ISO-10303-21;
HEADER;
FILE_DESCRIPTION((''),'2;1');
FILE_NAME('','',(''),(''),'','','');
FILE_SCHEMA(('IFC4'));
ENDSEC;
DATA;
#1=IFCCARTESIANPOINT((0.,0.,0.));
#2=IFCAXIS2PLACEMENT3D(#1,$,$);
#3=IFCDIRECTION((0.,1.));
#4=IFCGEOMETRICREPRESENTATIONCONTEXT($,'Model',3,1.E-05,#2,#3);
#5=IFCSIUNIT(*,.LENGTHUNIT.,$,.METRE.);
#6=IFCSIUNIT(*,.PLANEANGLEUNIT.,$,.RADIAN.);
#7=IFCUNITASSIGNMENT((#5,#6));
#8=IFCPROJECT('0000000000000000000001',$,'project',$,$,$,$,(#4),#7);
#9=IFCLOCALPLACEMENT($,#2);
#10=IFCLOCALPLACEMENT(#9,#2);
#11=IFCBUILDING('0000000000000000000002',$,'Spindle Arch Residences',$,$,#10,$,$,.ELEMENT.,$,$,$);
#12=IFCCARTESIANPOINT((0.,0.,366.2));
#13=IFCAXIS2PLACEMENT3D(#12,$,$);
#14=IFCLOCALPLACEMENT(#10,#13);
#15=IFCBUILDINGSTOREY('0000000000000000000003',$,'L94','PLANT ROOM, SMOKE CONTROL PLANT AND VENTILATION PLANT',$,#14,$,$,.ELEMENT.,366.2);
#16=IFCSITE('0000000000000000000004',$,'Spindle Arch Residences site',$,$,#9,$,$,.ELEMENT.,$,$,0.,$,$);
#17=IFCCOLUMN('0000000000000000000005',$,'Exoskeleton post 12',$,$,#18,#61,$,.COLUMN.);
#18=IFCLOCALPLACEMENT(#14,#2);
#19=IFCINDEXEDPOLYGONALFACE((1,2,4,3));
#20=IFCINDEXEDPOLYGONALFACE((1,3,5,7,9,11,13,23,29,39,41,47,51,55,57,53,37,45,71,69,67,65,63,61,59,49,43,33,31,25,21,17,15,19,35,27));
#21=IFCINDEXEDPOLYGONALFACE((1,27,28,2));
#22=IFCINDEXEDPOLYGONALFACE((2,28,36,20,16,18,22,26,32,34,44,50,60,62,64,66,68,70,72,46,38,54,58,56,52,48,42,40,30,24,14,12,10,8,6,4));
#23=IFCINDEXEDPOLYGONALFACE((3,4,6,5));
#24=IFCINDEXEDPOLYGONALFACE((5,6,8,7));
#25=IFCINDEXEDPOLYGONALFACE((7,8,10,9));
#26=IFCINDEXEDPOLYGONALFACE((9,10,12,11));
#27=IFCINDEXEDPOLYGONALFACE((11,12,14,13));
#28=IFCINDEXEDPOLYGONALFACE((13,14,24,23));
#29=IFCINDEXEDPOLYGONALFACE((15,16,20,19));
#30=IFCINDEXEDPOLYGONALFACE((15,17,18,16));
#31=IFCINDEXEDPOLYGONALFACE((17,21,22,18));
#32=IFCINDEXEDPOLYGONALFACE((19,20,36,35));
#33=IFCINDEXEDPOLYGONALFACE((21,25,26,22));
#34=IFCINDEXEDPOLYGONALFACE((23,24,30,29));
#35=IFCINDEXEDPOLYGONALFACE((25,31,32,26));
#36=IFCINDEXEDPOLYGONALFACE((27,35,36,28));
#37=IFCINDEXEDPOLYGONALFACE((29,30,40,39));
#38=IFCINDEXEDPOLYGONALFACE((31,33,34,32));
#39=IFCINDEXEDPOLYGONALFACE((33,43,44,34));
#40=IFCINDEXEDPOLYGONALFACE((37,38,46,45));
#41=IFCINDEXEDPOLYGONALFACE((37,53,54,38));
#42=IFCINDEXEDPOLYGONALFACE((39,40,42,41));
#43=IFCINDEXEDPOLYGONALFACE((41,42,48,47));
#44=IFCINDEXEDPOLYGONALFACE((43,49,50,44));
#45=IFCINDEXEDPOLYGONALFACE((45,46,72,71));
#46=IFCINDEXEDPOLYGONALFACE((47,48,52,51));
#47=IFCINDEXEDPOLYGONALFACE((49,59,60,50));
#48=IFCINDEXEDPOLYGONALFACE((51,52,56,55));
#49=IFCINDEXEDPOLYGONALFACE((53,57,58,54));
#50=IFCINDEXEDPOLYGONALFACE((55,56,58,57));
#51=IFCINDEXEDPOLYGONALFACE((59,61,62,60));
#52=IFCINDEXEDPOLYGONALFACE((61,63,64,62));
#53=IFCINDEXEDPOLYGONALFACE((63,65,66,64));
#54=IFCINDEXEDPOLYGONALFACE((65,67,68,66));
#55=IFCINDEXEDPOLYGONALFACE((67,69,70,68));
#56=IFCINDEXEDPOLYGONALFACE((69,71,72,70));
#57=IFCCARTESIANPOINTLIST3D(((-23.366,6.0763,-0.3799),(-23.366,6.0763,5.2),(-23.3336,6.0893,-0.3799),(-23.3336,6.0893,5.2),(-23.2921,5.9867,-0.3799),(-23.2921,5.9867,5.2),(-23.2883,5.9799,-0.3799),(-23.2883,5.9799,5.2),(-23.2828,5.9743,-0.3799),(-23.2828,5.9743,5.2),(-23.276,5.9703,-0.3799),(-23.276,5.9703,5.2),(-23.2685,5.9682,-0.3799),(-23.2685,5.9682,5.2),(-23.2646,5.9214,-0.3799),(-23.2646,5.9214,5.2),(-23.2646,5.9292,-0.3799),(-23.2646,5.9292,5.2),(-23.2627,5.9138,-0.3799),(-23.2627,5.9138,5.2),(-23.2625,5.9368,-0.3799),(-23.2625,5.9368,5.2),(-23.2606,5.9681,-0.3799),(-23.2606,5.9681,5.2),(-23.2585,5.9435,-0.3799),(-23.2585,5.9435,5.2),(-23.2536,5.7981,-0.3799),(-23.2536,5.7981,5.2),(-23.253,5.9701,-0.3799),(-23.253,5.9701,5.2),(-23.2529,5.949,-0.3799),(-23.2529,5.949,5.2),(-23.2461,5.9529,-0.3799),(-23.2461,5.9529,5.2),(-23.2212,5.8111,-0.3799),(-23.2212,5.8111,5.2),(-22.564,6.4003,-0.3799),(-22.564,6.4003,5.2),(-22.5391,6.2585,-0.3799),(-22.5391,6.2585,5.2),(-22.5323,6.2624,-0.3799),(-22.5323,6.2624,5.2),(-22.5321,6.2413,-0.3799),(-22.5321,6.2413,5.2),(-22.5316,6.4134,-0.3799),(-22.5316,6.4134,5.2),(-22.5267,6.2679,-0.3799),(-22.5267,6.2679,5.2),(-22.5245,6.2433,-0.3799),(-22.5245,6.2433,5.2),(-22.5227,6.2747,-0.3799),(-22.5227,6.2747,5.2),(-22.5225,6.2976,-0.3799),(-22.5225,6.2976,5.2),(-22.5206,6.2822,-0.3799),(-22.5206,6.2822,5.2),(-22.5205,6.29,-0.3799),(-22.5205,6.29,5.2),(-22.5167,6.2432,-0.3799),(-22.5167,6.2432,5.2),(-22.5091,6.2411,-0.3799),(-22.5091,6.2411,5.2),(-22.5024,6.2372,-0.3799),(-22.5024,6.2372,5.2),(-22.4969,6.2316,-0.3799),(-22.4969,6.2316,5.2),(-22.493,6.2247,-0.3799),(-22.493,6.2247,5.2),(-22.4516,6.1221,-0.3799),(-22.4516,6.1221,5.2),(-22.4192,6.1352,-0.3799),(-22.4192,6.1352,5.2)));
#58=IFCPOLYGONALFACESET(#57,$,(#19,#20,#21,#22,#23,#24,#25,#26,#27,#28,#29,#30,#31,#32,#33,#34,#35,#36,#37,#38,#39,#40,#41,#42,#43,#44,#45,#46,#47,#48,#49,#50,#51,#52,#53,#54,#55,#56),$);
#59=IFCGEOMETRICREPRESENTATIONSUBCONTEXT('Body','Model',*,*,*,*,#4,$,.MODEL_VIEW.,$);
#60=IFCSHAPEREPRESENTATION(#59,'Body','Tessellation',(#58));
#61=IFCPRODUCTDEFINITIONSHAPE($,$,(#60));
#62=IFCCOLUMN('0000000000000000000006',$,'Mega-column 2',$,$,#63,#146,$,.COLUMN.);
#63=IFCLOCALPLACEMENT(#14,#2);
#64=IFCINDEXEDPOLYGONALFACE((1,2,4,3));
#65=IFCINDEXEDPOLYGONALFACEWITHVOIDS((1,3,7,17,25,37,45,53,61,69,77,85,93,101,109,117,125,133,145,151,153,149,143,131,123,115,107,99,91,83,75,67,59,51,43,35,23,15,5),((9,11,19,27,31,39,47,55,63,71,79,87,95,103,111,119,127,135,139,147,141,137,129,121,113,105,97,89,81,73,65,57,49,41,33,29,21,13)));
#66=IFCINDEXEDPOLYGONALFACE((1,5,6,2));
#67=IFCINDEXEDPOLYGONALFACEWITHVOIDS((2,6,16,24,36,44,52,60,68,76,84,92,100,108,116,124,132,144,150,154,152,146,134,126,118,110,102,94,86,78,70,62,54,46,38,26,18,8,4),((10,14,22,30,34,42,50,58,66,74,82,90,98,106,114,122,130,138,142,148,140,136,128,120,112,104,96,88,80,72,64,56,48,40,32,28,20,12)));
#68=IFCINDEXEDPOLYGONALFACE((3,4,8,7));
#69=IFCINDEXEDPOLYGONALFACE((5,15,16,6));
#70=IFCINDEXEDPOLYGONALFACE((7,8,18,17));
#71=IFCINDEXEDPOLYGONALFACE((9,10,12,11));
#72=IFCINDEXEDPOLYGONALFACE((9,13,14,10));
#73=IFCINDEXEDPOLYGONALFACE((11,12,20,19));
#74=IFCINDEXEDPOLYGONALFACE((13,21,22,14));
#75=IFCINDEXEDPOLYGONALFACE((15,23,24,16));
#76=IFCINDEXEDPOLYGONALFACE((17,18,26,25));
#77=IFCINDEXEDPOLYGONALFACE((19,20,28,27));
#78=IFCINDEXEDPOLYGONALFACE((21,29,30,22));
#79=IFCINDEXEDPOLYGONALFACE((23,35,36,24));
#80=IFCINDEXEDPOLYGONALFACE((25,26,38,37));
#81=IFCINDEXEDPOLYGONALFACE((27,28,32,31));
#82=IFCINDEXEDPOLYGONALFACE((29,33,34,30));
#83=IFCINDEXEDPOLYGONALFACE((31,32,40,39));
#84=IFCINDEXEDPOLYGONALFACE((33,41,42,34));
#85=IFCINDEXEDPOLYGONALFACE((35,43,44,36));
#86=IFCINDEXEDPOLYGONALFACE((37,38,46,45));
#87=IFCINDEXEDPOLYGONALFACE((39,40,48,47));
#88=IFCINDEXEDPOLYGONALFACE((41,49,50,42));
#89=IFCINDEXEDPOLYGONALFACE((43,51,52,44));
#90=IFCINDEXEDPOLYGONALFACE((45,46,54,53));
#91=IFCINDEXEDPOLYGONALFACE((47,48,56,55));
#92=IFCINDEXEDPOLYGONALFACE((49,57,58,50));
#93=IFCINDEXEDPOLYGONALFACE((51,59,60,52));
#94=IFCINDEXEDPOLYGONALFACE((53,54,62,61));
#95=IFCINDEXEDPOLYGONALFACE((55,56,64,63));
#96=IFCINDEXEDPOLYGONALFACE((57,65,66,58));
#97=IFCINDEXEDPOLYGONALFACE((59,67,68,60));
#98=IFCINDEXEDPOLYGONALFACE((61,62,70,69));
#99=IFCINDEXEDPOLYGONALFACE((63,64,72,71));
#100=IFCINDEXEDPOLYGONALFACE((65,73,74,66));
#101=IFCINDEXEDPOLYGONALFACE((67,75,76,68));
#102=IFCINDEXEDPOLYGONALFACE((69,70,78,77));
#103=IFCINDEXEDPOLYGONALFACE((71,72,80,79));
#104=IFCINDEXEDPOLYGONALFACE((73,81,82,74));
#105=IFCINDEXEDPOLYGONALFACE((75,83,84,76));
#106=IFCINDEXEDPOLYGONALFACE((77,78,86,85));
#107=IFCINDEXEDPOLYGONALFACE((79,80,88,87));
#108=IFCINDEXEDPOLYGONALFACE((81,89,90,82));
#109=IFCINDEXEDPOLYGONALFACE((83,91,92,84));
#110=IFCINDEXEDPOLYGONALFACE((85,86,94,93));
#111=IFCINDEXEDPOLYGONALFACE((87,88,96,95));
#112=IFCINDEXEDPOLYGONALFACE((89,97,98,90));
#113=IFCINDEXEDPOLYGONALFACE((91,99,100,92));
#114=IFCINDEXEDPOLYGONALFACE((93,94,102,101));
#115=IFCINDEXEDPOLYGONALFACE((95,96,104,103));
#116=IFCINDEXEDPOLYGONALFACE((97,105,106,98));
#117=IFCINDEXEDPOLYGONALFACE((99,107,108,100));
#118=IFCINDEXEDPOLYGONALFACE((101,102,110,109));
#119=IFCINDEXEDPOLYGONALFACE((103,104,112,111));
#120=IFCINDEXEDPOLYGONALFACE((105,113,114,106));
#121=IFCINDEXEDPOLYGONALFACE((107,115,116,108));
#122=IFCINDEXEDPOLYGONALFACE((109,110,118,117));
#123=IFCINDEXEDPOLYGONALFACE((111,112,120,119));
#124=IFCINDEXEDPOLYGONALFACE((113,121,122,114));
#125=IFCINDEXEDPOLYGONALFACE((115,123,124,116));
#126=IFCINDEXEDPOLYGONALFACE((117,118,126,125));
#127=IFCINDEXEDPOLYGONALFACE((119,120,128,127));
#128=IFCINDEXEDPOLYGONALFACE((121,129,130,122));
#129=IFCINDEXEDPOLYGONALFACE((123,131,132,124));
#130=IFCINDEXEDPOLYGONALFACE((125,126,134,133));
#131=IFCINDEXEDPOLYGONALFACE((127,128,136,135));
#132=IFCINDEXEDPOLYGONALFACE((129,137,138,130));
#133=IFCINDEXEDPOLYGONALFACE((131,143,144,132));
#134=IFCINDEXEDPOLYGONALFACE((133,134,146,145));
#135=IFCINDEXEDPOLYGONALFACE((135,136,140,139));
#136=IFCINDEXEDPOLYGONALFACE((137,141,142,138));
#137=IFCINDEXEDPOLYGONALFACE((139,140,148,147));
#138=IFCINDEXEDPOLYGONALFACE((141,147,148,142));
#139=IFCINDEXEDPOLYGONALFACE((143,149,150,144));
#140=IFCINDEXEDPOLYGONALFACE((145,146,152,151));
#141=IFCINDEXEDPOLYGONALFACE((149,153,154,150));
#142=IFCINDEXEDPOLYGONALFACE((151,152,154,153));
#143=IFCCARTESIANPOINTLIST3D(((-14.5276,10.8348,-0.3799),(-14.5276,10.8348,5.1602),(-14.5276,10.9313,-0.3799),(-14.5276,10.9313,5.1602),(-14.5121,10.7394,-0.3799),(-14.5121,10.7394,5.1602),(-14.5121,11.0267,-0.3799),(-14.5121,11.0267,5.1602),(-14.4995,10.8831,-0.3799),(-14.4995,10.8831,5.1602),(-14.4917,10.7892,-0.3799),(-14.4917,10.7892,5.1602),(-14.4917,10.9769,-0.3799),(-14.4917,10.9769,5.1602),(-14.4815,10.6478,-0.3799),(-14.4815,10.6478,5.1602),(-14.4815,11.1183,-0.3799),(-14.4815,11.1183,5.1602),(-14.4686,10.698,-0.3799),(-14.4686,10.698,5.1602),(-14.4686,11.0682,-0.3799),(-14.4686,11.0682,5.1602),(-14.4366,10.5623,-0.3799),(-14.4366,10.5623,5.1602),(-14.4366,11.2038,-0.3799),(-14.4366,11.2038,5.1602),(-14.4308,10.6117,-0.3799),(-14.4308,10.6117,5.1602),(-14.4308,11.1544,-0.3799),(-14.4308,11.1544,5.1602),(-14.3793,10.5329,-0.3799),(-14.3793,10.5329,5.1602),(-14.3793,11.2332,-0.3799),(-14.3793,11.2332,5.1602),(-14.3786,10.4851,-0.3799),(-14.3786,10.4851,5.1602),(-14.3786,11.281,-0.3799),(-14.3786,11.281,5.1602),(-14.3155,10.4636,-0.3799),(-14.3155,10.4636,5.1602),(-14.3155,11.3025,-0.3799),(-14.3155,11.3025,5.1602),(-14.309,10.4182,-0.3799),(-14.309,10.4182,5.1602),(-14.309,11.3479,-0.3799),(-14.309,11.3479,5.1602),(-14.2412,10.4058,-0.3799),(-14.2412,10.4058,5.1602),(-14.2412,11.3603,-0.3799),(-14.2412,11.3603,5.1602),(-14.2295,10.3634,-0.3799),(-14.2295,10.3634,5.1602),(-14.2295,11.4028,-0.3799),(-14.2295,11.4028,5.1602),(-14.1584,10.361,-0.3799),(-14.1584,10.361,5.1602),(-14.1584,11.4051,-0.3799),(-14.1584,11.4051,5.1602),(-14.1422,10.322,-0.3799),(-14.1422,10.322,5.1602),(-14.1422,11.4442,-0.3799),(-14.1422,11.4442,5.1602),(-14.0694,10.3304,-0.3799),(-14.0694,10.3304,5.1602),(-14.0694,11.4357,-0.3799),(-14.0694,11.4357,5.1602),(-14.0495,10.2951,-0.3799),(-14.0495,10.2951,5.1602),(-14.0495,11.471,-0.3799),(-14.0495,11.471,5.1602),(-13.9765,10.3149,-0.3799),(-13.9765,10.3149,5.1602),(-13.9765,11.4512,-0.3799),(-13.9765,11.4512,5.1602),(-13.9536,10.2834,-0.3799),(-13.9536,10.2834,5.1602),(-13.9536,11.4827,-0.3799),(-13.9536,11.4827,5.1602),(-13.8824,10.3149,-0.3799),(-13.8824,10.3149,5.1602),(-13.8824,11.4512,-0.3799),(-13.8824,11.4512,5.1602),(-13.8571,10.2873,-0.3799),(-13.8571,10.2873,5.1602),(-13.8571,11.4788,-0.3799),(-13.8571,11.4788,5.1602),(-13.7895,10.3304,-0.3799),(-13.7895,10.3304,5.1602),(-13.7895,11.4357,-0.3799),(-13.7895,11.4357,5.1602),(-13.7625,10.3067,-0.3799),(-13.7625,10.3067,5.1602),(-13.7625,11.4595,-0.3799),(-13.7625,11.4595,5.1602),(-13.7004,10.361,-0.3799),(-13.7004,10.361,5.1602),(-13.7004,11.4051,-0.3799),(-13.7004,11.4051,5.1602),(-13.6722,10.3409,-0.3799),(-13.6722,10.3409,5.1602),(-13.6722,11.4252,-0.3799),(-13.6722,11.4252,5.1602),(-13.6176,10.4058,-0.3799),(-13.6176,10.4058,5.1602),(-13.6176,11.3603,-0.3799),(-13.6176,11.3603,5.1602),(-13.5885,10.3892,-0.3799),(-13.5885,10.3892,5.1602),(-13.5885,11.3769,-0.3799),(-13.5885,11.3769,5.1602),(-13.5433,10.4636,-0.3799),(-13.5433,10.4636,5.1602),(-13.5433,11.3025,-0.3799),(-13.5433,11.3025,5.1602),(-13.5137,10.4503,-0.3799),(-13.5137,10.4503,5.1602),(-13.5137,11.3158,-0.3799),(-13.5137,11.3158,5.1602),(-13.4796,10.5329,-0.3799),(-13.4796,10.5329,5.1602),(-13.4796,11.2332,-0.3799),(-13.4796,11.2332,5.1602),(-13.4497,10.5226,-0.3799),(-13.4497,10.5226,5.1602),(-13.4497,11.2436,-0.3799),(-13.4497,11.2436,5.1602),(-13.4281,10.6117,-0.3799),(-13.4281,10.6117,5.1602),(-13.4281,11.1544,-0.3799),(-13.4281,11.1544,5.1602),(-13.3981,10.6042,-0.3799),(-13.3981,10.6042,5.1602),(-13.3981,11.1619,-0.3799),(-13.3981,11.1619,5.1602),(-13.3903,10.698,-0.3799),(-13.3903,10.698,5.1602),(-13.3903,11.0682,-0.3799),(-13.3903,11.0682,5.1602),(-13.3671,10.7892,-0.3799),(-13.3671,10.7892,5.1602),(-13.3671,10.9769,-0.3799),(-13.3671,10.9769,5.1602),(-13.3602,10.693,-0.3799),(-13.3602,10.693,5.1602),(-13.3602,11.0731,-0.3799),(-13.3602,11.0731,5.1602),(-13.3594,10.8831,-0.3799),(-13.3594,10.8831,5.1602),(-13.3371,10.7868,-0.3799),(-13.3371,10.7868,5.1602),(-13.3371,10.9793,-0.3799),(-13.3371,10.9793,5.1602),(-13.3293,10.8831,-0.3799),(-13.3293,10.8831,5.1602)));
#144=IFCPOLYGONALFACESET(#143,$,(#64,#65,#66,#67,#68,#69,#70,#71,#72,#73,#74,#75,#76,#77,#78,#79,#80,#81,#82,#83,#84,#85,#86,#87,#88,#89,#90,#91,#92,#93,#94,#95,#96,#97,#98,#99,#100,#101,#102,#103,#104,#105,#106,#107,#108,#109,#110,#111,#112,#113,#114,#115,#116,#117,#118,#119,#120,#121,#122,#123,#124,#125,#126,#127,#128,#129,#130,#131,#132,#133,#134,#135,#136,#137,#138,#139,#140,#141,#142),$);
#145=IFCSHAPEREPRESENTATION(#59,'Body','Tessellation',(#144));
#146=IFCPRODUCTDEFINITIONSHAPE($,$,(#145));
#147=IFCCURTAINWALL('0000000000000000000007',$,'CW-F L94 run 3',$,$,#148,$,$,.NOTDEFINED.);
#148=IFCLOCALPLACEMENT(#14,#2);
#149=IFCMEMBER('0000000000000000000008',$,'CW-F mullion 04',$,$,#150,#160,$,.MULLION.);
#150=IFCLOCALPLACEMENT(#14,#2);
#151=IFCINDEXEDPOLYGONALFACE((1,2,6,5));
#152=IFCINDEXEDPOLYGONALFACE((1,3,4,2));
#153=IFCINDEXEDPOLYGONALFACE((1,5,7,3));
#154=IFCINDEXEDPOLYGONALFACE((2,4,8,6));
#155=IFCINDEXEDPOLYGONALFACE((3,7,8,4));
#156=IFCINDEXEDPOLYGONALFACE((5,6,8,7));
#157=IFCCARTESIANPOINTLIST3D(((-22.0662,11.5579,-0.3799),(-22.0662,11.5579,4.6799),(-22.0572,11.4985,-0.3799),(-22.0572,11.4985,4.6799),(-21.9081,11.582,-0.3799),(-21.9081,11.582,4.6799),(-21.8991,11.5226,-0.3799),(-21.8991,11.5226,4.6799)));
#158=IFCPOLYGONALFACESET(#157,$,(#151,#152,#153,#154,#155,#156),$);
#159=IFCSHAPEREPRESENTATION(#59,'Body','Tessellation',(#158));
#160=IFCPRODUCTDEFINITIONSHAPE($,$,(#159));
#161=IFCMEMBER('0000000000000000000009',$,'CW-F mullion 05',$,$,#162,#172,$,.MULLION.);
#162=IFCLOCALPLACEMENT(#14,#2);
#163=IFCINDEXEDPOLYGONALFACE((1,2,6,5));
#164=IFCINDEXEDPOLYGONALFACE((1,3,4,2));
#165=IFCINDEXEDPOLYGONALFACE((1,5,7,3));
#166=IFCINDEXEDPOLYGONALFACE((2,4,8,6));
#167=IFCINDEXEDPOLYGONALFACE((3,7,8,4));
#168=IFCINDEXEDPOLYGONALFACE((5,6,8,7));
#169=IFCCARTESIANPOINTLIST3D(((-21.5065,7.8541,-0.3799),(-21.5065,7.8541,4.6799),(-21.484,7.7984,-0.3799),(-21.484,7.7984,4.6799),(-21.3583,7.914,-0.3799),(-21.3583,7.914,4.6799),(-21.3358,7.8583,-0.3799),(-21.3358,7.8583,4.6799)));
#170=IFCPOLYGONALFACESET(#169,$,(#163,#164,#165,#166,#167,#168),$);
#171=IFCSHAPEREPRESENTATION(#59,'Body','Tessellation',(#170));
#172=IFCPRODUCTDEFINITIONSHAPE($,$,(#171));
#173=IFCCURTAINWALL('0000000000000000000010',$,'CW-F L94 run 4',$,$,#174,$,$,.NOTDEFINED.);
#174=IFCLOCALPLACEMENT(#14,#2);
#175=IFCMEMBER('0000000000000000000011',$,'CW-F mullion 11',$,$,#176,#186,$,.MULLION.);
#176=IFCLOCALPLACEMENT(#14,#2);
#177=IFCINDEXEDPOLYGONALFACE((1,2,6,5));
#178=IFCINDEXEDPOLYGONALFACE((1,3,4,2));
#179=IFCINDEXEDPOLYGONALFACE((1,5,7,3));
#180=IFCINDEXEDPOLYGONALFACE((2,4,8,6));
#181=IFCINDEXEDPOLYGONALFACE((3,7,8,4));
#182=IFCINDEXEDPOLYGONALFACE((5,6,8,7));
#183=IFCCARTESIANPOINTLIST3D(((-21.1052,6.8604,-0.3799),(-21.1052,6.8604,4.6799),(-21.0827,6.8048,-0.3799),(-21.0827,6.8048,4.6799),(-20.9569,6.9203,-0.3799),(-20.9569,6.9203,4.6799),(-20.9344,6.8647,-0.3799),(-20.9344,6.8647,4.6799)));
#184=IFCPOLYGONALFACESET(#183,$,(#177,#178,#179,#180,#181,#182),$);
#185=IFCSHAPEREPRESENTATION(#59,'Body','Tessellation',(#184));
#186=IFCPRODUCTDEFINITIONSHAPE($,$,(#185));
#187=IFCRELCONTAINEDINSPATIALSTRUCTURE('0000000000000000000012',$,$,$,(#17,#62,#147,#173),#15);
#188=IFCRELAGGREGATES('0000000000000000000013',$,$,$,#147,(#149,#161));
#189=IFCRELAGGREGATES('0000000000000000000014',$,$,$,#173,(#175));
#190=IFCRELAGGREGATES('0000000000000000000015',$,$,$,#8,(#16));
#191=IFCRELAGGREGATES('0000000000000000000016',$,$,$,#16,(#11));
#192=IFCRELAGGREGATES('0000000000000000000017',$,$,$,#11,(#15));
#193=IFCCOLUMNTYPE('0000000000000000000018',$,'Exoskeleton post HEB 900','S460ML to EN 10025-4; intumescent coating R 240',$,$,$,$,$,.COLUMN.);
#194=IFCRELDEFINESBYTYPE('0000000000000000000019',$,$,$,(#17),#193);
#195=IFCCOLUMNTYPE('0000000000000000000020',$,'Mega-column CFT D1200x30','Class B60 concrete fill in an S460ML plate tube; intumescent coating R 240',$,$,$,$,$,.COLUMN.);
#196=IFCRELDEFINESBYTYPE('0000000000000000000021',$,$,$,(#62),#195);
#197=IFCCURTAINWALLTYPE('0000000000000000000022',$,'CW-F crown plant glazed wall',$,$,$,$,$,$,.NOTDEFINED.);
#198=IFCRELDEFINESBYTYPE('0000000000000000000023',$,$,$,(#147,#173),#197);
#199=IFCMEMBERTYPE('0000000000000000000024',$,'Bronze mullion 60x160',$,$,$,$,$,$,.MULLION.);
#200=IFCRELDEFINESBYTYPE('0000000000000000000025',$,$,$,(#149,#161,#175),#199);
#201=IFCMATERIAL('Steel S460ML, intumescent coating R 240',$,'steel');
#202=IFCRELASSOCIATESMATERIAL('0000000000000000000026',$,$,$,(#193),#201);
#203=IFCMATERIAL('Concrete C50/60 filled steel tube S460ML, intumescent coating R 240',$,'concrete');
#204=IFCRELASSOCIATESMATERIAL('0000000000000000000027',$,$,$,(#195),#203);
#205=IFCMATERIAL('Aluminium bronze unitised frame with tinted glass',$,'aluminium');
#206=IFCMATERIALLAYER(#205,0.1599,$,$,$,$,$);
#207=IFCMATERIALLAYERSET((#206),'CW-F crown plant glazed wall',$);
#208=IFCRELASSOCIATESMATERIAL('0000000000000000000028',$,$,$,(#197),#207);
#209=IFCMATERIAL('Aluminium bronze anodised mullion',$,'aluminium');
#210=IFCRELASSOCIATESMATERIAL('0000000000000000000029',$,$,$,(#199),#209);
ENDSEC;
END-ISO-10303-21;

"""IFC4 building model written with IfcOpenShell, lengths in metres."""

from ifc_helpers import new_model, si_unit, direction, frame, origin, origin_2d, place, context, subcontext, project, spatial, rectangle, hollow_circle, i_section, extrude, material, layer, layer_set, material_profile, profile_set, type_object, element, aggregate, save


model = new_model("IFC4")

# Units and contexts
model_context = context("Model", 3, precision=1e-05, world=origin(), true_north=direction((0.0, 1.0)))
body_context = subcontext(model_context, "Body", "Model", "MODEL_VIEW")
ifc_project = project(units=[si_unit("LENGTHUNIT", "METRE"), si_unit("PLANEANGLEUNIT", "RADIAN")], contexts=[model_context])

# Site, building, storey
site_placement = place(None, origin())
site = spatial("IfcSite", under=ifc_project, at=site_placement, Name="Spindle Arch Residences site", CompositionType="ELEMENT", RefElevation=0.0)
building_placement = place(site_placement, origin())
building = spatial("IfcBuilding", under=site, at=building_placement, Name="Spindle Arch Residences", CompositionType="ELEMENT")
storey_placement = place(building_placement, frame((0.0, 0.0, 366.2)))
storey = spatial("IfcBuildingStorey", under=building, at=storey_placement, Name="L94", Description="PLANT ROOM, SMOKE CONTROL PLANT AND VENTILATION PLANT", CompositionType="ELEMENT", Elevation=366.2)

# Columns
ifc_material_1 = material(Name="Steel S460ML, intumescent coating R 240", Category="steel")
ifc_material_profile_1 = material_profile(ifc_material_1, i_section(OverallWidth=0.3, OverallDepth=0.8999, WebThickness=0.0186, FlangeThickness=0.0349, FilletRadius=0.03, at=origin_2d()), Name="HEB 900")
ifc_profile_set_1 = profile_set([ifc_material_profile_1], Name="Steel S460ML, intumescent coating R 240")
column_type_1 = type_object("IfcColumnType", Name="Exoskeleton post HEB 900", Description="S460ML to EN 10025-4; intumescent coating R 240", PredefinedType="COLUMN", material=ifc_profile_set_1)
column_1_placement = place(storey_placement, frame((-22.8926, 6.1057, -0.3799), z_axis=(0.0, 0.0, 1.0), x_axis=(-0.374607, 0.927184, 0.0)))
element("IfcColumn", 1, at=column_1_placement, inside=storey, type_object=column_type_1, Name="Exoskeleton post 12", PredefinedType="COLUMN", context=body_context, shape_type="SweptSolid", body=[
    extrude(i_section(OverallWidth=0.3, OverallDepth=0.8999, WebThickness=0.0186, FlangeThickness=0.0349, FilletRadius=0.03, at=origin_2d()), origin(), (0.0, 0.0, 1.0), 5.5798),
])
ifc_material_2 = material(Name="Concrete C50/60 filled steel tube S460ML, intumescent coating R 240", Category="concrete")
ifc_material_profile_2 = material_profile(ifc_material_2, hollow_circle(Radius=0.6001, WallThickness=0.03, at=origin_2d()), Name="CFT D1200x30")
ifc_profile_set_2 = profile_set([ifc_material_profile_2], Name="Concrete C50/60 filled steel tube S460ML, intumescent coating R 240")
column_type_2 = type_object("IfcColumnType", Name="Mega-column CFT D1200x30", Description="Class B60 concrete fill in an S460ML plate tube; intumescent coating R 240", PredefinedType="COLUMN", material=ifc_profile_set_2)
column_2_placement = place(storey_placement, frame((-13.9294, 10.8831, -0.3799), z_axis=(0.0, 0.0, 1.0), x_axis=(1.0, 0.0, 0.0)))
element("IfcColumn", 2, at=column_2_placement, inside=storey, type_object=column_type_2, Name="Mega-column 2", PredefinedType="COLUMN", context=body_context, shape_type="SweptSolid", body=[
    extrude(hollow_circle(Radius=0.6001, WallThickness=0.03, at=origin_2d()), origin(), (0.0, 0.0, 1.0), 5.54),
])

# Curtain wall, members
ifc_material_3 = material(Name="Aluminium bronze unitised frame with tinted glass", Category="aluminium")
ifc_layer_1 = layer(ifc_material_3, 0.1599)
ifc_layer_set_1 = layer_set([ifc_layer_1], Name="CW-F crown plant glazed wall")
curtain_wall_type = type_object("IfcCurtainWallType", Name="CW-F crown plant glazed wall", PredefinedType="NOTDEFINED", material=ifc_layer_set_1)
curtain_wall_1_placement = place(storey_placement, origin())
curtain_wall_1 = element("IfcCurtainWall", 3, at=curtain_wall_1_placement, inside=storey, type_object=curtain_wall_type, Name="CW-F L94 run 3", PredefinedType="NOTDEFINED")
ifc_material_4 = material(Name="Aluminium bronze anodised mullion", Category="aluminium")
ifc_material_profile_3 = material_profile(ifc_material_4, rectangle(XDim=0.1599, YDim=0.0601, at=origin_2d()), Name="MU 60x160")
ifc_profile_set_3 = profile_set([ifc_material_profile_3], Name="Aluminium bronze anodised mullion")
member_type_1 = type_object("IfcMemberType", Name="Bronze mullion 60x160", PredefinedType="MULLION", material=ifc_profile_set_3)
member_1_placement = place(storey_placement, frame((-21.9827, 11.5403, -0.3799), z_axis=(0.0, 0.0, 1.0), x_axis=(0.988582, 0.150686, 0.0)))
member_1 = element("IfcMember", 4, at=member_1_placement, type_object=member_type_1, Name="CW-F mullion 04", PredefinedType="MULLION", context=body_context, shape_type="SweptSolid", body=[
    extrude(rectangle(XDim=0.1599, YDim=0.0601, at=origin_2d()), origin(), (0.0, 0.0, 1.0), 5.0598),
])
member_2_placement = place(storey_placement, frame((-21.4211, 7.8562, -0.3799), z_axis=(0.0, 0.0, 1.0), x_axis=(0.927184, 0.374607, 0.0)))
member_2 = element("IfcMember", 5, at=member_2_placement, type_object=member_type_1, Name="CW-F mullion 05", PredefinedType="MULLION", context=body_context, shape_type="SweptSolid", body=[
    extrude(rectangle(XDim=0.1599, YDim=0.0601, at=origin_2d()), origin(), (0.0, 0.0, 1.0), 5.0598),
])

# Curtain wall, member
curtain_wall_2_placement = place(storey_placement, origin())
curtain_wall_2 = element("IfcCurtainWall", 6, at=curtain_wall_2_placement, inside=storey, type_object=curtain_wall_type, Name="CW-F L94 run 4", PredefinedType="NOTDEFINED")
member_3_placement = place(storey_placement, frame((-21.0198, 6.8625, -0.3799), z_axis=(0.0, 0.0, 1.0), x_axis=(0.927184, 0.374607, 0.0)))
member_3 = element("IfcMember", 7, at=member_3_placement, type_object=member_type_1, Name="CW-F mullion 11", PredefinedType="MULLION", context=body_context, shape_type="SweptSolid", body=[
    extrude(rectangle(XDim=0.1599, YDim=0.0601, at=origin_2d()), origin(), (0.0, 0.0, 1.0), 5.0598),
])

aggregate(curtain_wall_1, [member_1, member_2])
aggregate(curtain_wall_2, [member_3])

save(model, "model.ifc")
